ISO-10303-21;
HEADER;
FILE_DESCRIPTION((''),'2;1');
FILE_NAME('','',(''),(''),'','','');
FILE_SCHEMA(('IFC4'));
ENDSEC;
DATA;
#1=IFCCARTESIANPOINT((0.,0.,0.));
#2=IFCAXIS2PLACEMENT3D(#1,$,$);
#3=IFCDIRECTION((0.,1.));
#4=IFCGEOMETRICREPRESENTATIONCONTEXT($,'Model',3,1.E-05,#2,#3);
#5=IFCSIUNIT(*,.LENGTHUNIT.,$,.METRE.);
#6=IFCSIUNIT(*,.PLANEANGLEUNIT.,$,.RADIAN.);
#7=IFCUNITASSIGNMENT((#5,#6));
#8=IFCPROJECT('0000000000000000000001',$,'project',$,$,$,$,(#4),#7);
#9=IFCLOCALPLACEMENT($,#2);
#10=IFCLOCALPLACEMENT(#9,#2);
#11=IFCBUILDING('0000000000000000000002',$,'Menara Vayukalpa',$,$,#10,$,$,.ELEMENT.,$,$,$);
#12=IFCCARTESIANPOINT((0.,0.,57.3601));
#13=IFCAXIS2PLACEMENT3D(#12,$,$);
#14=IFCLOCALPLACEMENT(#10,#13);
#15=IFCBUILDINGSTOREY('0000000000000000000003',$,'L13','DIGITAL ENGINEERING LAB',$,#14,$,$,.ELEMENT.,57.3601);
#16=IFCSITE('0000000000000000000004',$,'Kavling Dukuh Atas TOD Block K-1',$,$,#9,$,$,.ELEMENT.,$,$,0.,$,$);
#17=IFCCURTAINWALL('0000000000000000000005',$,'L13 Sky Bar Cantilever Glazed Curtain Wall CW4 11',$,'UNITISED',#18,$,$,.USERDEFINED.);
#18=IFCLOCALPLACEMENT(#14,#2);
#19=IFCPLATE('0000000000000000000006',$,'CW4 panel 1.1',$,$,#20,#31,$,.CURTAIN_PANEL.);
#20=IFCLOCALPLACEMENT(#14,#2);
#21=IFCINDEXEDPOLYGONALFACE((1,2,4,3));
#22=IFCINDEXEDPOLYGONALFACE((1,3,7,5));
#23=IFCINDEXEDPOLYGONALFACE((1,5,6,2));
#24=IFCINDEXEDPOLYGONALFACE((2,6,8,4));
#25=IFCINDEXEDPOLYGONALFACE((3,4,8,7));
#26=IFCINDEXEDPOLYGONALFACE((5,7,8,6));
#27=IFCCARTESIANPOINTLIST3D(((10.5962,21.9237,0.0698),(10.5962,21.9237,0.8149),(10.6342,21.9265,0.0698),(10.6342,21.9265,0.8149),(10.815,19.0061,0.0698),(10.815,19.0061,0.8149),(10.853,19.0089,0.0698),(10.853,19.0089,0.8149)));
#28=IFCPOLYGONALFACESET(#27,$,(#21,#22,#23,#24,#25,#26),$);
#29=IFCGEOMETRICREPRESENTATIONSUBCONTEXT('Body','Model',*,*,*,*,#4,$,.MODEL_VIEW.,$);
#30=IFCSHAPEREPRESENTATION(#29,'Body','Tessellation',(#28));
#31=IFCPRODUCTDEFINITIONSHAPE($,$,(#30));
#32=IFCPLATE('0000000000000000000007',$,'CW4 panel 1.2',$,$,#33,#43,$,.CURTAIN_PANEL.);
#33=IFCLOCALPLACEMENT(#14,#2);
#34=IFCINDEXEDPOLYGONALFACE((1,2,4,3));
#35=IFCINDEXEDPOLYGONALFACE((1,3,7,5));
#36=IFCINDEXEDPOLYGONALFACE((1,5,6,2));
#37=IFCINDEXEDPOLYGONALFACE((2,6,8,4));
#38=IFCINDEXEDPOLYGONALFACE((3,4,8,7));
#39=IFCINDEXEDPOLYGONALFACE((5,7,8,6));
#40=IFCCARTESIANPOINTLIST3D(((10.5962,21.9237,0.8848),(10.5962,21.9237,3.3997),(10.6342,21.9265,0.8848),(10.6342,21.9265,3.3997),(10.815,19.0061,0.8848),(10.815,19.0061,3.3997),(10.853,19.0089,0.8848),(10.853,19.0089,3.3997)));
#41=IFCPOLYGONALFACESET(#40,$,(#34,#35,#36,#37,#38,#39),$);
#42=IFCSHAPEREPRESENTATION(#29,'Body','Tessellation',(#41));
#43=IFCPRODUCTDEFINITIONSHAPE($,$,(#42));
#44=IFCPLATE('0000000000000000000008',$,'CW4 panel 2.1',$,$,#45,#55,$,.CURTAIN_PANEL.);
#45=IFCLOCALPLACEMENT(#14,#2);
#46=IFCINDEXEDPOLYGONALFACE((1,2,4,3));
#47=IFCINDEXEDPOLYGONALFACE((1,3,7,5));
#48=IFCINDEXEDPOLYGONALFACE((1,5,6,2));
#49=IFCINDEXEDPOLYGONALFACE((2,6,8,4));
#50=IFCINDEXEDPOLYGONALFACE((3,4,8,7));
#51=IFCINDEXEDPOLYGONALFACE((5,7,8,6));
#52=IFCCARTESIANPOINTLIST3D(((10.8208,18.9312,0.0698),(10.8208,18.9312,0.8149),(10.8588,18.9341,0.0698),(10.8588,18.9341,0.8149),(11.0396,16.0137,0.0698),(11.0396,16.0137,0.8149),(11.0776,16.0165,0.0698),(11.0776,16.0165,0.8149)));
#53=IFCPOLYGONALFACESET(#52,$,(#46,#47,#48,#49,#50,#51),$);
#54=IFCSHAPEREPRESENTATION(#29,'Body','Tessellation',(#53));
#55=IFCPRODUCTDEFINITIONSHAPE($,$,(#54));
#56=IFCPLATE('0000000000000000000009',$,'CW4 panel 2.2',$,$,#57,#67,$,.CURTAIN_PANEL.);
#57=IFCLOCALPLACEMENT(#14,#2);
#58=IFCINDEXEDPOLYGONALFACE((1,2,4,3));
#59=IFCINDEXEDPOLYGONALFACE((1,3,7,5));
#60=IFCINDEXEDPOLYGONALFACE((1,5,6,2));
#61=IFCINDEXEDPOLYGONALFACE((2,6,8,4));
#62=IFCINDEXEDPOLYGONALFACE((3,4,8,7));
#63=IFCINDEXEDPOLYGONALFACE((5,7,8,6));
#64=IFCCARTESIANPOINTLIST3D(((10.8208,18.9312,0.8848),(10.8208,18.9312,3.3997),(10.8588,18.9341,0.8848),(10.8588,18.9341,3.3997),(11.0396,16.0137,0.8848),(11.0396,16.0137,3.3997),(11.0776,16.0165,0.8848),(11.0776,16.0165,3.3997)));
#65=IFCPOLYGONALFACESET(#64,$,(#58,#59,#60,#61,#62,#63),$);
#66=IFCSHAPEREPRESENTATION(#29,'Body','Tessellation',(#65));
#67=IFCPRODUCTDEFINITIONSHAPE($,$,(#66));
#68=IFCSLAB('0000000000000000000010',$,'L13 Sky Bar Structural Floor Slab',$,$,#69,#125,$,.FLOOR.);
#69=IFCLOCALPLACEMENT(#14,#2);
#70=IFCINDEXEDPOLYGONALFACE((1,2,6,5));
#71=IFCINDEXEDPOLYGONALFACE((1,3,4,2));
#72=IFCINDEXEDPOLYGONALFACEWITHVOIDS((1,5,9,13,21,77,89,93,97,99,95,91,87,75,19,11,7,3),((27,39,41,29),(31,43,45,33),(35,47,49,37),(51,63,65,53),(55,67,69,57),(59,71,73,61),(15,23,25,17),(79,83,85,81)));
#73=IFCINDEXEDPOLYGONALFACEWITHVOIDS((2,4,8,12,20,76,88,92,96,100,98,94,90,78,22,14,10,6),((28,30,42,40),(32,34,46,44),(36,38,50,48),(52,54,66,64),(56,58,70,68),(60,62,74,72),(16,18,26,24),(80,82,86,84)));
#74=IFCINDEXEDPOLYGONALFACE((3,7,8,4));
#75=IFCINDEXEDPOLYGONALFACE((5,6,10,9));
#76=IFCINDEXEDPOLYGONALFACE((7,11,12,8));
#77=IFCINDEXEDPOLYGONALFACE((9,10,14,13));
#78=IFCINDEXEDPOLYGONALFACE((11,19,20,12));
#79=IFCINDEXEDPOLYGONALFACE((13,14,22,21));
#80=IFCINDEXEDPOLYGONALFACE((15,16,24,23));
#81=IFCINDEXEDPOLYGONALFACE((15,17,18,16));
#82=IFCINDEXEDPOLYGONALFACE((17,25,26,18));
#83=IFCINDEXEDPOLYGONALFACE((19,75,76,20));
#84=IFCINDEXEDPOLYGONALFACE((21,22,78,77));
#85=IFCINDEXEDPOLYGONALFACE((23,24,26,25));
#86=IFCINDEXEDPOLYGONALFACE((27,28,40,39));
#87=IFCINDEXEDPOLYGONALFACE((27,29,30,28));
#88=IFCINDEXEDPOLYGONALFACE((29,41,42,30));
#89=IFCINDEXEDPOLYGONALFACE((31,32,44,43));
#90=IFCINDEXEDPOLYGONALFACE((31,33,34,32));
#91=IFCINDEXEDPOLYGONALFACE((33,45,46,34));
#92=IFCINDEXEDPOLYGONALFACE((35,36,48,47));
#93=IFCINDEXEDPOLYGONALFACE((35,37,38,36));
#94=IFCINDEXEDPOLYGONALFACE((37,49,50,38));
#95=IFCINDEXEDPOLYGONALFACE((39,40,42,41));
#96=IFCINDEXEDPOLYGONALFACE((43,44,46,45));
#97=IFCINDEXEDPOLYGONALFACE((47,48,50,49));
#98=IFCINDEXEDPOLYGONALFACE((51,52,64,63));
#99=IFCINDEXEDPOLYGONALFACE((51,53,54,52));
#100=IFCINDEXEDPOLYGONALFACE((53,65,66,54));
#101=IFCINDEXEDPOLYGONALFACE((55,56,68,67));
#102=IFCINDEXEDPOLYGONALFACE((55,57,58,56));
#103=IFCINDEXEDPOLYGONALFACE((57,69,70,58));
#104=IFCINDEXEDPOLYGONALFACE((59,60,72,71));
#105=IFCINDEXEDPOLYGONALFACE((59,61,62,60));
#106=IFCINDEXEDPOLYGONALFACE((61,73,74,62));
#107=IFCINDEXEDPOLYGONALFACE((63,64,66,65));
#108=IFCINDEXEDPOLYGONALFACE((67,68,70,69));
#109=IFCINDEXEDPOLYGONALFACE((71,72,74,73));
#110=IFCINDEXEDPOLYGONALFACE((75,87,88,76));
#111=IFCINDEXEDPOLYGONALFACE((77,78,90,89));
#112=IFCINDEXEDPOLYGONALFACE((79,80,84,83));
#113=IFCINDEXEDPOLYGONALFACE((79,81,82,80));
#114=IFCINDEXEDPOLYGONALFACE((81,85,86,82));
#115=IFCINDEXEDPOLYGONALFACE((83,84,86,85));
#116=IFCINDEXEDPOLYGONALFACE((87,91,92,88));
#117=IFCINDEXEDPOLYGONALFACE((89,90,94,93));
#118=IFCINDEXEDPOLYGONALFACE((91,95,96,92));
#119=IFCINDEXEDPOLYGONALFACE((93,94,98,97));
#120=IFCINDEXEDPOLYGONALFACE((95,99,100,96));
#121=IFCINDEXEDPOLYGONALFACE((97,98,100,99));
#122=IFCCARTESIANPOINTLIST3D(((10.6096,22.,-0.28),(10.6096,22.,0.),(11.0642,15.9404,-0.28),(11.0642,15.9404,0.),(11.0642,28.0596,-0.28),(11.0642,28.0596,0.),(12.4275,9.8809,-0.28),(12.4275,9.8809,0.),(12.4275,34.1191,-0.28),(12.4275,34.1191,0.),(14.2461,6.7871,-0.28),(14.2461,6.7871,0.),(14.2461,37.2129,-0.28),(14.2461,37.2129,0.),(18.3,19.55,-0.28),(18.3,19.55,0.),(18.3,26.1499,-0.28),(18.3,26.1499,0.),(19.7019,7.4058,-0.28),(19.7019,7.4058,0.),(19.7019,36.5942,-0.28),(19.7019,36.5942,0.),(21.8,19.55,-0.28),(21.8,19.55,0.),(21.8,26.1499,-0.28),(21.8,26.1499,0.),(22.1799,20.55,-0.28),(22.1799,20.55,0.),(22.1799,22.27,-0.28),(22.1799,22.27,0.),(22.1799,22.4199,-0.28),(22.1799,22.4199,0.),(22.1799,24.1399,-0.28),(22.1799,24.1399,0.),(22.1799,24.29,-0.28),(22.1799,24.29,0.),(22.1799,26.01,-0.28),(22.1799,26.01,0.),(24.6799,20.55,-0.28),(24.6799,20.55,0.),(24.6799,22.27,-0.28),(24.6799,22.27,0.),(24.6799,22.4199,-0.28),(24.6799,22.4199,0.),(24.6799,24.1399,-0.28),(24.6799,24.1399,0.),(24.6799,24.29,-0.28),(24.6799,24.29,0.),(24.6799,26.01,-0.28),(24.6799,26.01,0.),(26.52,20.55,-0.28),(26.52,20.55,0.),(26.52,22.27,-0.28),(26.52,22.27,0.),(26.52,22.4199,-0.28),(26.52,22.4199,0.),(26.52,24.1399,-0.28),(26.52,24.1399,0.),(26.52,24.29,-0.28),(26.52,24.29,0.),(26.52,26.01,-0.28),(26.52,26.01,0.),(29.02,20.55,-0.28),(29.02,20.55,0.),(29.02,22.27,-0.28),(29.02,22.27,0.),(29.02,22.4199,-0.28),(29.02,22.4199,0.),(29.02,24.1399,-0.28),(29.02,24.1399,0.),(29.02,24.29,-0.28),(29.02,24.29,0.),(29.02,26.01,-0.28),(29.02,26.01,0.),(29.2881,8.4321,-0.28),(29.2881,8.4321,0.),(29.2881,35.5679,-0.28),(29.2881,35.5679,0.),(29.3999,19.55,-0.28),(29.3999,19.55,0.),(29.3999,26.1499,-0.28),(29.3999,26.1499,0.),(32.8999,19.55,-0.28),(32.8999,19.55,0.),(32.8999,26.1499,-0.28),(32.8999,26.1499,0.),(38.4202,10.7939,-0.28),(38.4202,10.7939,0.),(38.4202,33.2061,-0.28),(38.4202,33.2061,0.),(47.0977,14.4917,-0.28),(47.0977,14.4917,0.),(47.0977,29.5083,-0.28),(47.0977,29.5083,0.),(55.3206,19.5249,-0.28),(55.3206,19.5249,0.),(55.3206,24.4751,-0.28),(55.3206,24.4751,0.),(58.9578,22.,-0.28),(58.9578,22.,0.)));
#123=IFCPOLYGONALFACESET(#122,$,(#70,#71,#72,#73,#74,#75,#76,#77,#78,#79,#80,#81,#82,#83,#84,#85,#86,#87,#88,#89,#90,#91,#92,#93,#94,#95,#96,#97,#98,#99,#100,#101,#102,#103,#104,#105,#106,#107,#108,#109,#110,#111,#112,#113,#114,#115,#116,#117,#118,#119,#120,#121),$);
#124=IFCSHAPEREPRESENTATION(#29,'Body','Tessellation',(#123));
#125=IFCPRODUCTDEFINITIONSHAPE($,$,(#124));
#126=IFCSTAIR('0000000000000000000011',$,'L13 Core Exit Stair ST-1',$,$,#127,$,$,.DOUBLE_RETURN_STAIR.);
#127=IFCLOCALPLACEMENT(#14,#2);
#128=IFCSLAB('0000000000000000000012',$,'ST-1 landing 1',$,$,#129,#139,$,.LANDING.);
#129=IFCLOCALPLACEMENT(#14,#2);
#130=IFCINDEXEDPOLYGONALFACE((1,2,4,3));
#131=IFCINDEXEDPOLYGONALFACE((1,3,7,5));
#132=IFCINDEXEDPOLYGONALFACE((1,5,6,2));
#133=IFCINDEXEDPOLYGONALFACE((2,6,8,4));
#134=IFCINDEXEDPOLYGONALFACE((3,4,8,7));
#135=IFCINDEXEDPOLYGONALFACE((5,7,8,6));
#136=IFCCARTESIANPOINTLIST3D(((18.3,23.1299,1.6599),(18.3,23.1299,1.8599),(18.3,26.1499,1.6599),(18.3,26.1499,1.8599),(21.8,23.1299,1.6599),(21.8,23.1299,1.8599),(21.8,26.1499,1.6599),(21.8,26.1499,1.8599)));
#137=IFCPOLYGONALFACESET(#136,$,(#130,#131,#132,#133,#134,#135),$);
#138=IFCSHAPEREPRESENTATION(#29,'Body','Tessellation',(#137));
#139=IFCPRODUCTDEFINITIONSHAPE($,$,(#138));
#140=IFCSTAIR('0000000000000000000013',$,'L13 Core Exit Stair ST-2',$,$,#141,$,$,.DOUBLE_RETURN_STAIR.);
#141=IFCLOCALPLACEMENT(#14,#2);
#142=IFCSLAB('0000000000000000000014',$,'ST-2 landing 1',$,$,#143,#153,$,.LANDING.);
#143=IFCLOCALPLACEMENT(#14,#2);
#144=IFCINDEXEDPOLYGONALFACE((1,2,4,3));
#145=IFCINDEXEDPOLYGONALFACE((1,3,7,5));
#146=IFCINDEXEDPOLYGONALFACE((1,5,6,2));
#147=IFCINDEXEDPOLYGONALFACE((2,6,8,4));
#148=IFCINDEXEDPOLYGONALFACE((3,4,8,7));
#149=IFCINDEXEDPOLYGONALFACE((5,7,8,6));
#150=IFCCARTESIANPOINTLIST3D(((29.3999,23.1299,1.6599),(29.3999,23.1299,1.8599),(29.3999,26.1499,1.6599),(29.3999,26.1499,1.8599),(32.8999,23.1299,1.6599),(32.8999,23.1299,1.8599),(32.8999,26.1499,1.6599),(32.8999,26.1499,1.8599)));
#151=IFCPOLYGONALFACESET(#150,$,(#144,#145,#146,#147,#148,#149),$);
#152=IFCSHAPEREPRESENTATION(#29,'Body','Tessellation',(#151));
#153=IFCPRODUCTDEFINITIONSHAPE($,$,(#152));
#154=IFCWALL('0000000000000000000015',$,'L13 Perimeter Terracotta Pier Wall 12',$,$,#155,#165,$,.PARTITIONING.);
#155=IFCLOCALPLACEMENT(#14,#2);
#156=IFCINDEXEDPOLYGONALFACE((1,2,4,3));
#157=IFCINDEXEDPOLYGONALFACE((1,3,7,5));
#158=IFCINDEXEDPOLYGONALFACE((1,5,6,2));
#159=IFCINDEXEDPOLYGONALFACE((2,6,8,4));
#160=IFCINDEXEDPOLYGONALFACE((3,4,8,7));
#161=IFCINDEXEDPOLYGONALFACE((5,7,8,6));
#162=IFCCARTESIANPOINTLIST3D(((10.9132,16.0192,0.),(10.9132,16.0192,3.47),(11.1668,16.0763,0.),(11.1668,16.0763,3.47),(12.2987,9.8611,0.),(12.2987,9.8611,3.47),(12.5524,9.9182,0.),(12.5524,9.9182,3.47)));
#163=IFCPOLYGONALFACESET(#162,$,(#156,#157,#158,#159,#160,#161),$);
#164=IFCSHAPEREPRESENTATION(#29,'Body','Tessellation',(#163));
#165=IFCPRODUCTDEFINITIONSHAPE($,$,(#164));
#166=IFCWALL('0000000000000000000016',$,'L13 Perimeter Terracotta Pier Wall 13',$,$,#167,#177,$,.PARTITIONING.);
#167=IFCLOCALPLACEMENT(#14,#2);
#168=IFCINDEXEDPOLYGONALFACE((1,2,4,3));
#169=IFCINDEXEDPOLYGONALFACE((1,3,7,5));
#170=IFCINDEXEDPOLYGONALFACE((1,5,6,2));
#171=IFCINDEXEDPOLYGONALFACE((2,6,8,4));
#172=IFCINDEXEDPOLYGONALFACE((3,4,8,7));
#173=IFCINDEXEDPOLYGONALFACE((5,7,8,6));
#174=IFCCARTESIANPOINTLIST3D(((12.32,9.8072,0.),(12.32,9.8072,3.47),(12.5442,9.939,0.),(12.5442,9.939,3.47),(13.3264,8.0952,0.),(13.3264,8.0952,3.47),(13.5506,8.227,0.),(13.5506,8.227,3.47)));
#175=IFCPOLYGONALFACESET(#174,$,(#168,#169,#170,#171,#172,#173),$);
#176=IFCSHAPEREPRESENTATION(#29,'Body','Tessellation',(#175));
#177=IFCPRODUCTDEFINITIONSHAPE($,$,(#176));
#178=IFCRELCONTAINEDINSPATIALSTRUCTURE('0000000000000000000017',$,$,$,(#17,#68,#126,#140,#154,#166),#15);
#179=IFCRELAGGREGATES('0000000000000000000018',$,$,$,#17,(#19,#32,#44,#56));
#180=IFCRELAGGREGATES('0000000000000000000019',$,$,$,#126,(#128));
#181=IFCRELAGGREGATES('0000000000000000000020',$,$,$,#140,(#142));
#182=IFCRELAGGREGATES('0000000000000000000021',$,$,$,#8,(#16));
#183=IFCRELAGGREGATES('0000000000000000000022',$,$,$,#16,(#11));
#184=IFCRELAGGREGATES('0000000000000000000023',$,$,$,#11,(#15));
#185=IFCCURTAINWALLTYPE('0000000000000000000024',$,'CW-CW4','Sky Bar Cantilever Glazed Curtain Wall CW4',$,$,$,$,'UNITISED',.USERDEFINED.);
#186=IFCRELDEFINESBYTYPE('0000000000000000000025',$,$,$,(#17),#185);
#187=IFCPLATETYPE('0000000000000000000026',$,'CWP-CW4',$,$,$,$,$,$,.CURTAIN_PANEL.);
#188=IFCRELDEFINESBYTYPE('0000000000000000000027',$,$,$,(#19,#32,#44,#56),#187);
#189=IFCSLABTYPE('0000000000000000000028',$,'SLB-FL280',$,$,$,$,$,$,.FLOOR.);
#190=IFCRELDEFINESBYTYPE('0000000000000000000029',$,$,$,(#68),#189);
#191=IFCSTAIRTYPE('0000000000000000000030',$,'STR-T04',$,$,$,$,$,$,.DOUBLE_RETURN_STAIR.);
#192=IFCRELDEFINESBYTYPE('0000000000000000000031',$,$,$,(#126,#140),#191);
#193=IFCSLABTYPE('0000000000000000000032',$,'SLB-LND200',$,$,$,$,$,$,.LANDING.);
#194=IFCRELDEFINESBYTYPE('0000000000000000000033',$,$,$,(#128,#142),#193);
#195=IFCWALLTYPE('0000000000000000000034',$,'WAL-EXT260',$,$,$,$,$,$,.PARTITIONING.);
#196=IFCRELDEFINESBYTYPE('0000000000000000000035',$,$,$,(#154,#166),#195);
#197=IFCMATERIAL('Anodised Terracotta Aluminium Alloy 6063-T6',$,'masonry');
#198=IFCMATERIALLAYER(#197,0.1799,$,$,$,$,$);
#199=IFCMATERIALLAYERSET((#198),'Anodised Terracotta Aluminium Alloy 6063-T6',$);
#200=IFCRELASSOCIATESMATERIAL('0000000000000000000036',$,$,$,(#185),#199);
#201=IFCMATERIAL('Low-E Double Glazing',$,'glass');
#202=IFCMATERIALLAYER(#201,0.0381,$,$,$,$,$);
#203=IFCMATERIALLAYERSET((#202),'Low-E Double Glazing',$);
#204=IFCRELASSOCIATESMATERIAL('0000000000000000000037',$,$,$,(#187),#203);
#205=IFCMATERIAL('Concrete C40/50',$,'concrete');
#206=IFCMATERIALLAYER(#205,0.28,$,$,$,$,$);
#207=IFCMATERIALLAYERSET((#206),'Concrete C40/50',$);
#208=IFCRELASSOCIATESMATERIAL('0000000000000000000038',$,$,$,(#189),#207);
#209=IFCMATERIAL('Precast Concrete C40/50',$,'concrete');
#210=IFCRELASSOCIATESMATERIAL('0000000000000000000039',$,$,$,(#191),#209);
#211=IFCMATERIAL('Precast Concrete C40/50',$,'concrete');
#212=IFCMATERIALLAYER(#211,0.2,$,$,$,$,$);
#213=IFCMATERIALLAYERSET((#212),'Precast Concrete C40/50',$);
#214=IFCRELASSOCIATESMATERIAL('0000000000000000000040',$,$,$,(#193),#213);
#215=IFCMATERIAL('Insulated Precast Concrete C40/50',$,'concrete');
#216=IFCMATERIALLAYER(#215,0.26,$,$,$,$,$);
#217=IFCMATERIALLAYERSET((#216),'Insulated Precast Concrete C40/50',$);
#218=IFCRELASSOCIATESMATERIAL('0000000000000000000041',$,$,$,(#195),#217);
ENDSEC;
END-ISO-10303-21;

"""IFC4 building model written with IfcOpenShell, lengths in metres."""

from ifc_helpers import new_model, si_unit, direction, frame, frame_2d, origin, origin_2d, place, context, subcontext, project, spatial, polyline, rectangle, outline, extrude, material, layer, layer_set, type_object, element, aggregate, save


model = new_model("IFC4")

# Units and contexts
model_context = context("Model", 3, precision=1e-05, world=origin(), true_north=direction((0.0, 1.0)))
body_context = subcontext(model_context, "Body", "Model", "MODEL_VIEW")
ifc_project = project(units=[si_unit("LENGTHUNIT", "METRE"), si_unit("PLANEANGLEUNIT", "RADIAN")], contexts=[model_context])

# Site, building, storey
site_placement = place(None, origin())
site = spatial("IfcSite", under=ifc_project, at=site_placement, Name="Kavling Dukuh Atas TOD Block K-1", CompositionType="ELEMENT", RefElevation=0.0)
building_placement = place(site_placement, origin())
building = spatial("IfcBuilding", under=site, at=building_placement, Name="Menara Vayukalpa", CompositionType="ELEMENT")
storey_placement = place(building_placement, frame((0.0, 0.0, 57.3601)))
storey = spatial("IfcBuildingStorey", under=building, at=storey_placement, Name="L13", Description="DIGITAL ENGINEERING LAB", CompositionType="ELEMENT", Elevation=57.3601)

# Curtain wall, plates
ifc_material_1 = material(Name="Anodised Terracotta Aluminium Alloy 6063-T6", Category="masonry")
ifc_layer_1 = layer(ifc_material_1, 0.1799)
ifc_layer_set_1 = layer_set([ifc_layer_1], Name="Anodised Terracotta Aluminium Alloy 6063-T6")
curtain_wall_type = type_object("IfcCurtainWallType", Name="CW-CW4", Description="Sky Bar Cantilever Glazed Curtain Wall CW4", ElementType="UNITISED", PredefinedType="USERDEFINED", material=ifc_layer_set_1)
curtain_wall_placement = place(storey_placement, origin())
curtain_wall = element("IfcCurtainWall", 1, at=curtain_wall_placement, inside=storey, type_object=curtain_wall_type, Name="L13 Sky Bar Cantilever Glazed Curtain Wall CW4 11", ObjectType="UNITISED", PredefinedType="USERDEFINED")
ifc_material_2 = material(Name="Low-E Double Glazing", Category="glass")
ifc_layer_2 = layer(ifc_material_2, 0.0381)
ifc_layer_set_2 = layer_set([ifc_layer_2], Name="Low-E Double Glazing")
plate_type = type_object("IfcPlateType", Name="CWP-CW4", PredefinedType="CURTAIN_PANEL", material=ifc_layer_set_2)
plate_1_placement = place(storey_placement, frame((10.7246, 20.4663, 0.0698), z_axis=(0.0, 0.0, 1.0), x_axis=(0.074795, -0.997199, 0.0)))
plate_1 = element("IfcPlate", 2, at=plate_1_placement, type_object=plate_type, Name="CW4 panel 1.1", PredefinedType="CURTAIN_PANEL", context=body_context, shape_type="SweptSolid", body=[
    extrude(rectangle(XDim=2.9258, YDim=0.0381, at=origin_2d()), origin(), (0.0, 0.0, 1.0), 0.7451),
])
plate_2_placement = place(storey_placement, frame((10.7246, 20.4663, 0.8848), z_axis=(0.0, 0.0, 1.0), x_axis=(0.074795, -0.997199, 0.0)))
plate_2 = element("IfcPlate", 3, at=plate_2_placement, type_object=plate_type, Name="CW4 panel 1.2", PredefinedType="CURTAIN_PANEL", context=body_context, shape_type="SweptSolid", body=[
    extrude(rectangle(XDim=2.9258, YDim=0.0381, at=origin_2d()), origin(), (0.0, 0.0, 1.0), 2.5149),
])
plate_3_placement = place(storey_placement, frame((10.9492, 17.4739, 0.0698), z_axis=(0.0, 0.0, 1.0), x_axis=(0.074795, -0.997199, 0.0)))
plate_3 = element("IfcPlate", 4, at=plate_3_placement, type_object=plate_type, Name="CW4 panel 2.1", PredefinedType="CURTAIN_PANEL", context=body_context, shape_type="SweptSolid", body=[
    extrude(rectangle(XDim=2.9258, YDim=0.0381, at=origin_2d()), origin(), (0.0, 0.0, 1.0), 0.7451),
])
plate_4_placement = place(storey_placement, frame((10.9492, 17.4739, 0.8848), z_axis=(0.0, 0.0, 1.0), x_axis=(0.074795, -0.997199, 0.0)))
plate_4 = element("IfcPlate", 5, at=plate_4_placement, type_object=plate_type, Name="CW4 panel 2.2", PredefinedType="CURTAIN_PANEL", context=body_context, shape_type="SweptSolid", body=[
    extrude(rectangle(XDim=2.9258, YDim=0.0381, at=origin_2d()), origin(), (0.0, 0.0, 1.0), 2.5149),
])
aggregate(curtain_wall, [plate_1, plate_2, plate_3, plate_4])

# Slab
ifc_material_3 = material(Name="Concrete C40/50", Category="concrete")
ifc_layer_3 = layer(ifc_material_3, 0.28)
ifc_layer_set_3 = layer_set([ifc_layer_3], Name="Concrete C40/50")
slab_type_1 = type_object("IfcSlabType", Name="SLB-FL280", PredefinedType="FLOOR", material=ifc_layer_set_3)
slab_1_placement = place(storey_placement, frame((0.0, 0.0, -0.28)))
element("IfcSlab", 6, at=slab_1_placement, inside=storey, type_object=slab_type_1, Name="L13 Sky Bar Structural Floor Slab", PredefinedType="FLOOR", context=body_context, shape_type="SweptSolid", body=[
    extrude(outline(polyline([(55.3206, 19.5249), (58.9578, 22.0), (55.3206, 24.4751), (47.0977, 29.5083), (38.4202, 33.2061), (29.2881, 35.5679), (19.7019, 36.5942), (14.2461, 37.2129), (12.4275, 34.1191), (11.0642, 28.0596), (10.6096, 22.0), (11.0642, 15.9404), (12.4275, 9.8809), (14.2461, 6.7871), (19.7019, 7.4058), (29.2881, 8.4321), (38.4202, 10.7939), (47.0977, 14.4917), (55.3206, 19.5249)]), holes=[polyline([(21.8, 19.55), (21.8, 26.1499), (18.3, 26.1499), (18.3, 19.55), (21.8, 19.55)]), polyline([(32.8999, 19.55), (32.8999, 26.1499), (29.3999, 26.1499), (29.3999, 19.55), (32.8999, 19.55)]), polyline([(22.1799, 20.55), (24.6799, 20.55), (24.6799, 22.27), (22.1799, 22.27), (22.1799, 20.55)]), polyline([(26.52, 20.55), (29.02, 20.55), (29.02, 22.27), (26.52, 22.27), (26.52, 20.55)]), polyline([(22.1799, 22.4199), (24.6799, 22.4199), (24.6799, 24.1399), (22.1799, 24.1399), (22.1799, 22.4199)]), polyline([(22.1799, 24.29), (24.6799, 24.29), (24.6799, 26.01), (22.1799, 26.01), (22.1799, 24.29)]), polyline([(26.52, 24.29), (29.02, 24.29), (29.02, 26.01), (26.52, 26.01), (26.52, 24.29)]), polyline([(26.52, 22.4199), (29.02, 22.4199), (29.02, 24.1399), (26.52, 24.1399), (26.52, 22.4199)])]), origin(), (0.0, 0.0, 1.0), 0.28),
])

# Stairs, slabs
ifc_material_4 = material(Name="Precast Concrete C40/50", Category="concrete")
stair_type = type_object("IfcStairType", Name="STR-T04", PredefinedType="DOUBLE_RETURN_STAIR", material=ifc_material_4)
stair_1_placement = place(storey_placement, origin())
stair_1 = element("IfcStair", 7, at=stair_1_placement, inside=storey, type_object=stair_type, Name="L13 Core Exit Stair ST-1", PredefinedType="DOUBLE_RETURN_STAIR")
ifc_material_5 = material(Name="Precast Concrete C40/50", Category="concrete")
ifc_layer_4 = layer(ifc_material_5, 0.2)
ifc_layer_set_4 = layer_set([ifc_layer_4], Name="Precast Concrete C40/50")
slab_type_2 = type_object("IfcSlabType", Name="SLB-LND200", PredefinedType="LANDING", material=ifc_layer_set_4)
slab_2_placement = place(storey_placement, frame((0.0, 0.0, 1.6599)))
slab_2 = element("IfcSlab", 8, at=slab_2_placement, type_object=slab_type_2, Name="ST-1 landing 1", PredefinedType="LANDING", context=body_context, shape_type="SweptSolid", body=[
    extrude(outline(polyline([(21.8, 23.1299), (21.8, 26.1499), (18.3, 26.1499), (18.3, 23.1299), (21.8, 23.1299)])), origin(), (0.0, 0.0, 1.0), 0.2),
])
aggregate(stair_1, [slab_2])
stair_2_placement = place(storey_placement, origin())
stair_2 = element("IfcStair", 9, at=stair_2_placement, inside=storey, type_object=stair_type, Name="L13 Core Exit Stair ST-2", PredefinedType="DOUBLE_RETURN_STAIR")
slab_3_placement = place(storey_placement, frame((0.0, 0.0, 1.6599)))
slab_3 = element("IfcSlab", 10, at=slab_3_placement, type_object=slab_type_2, Name="ST-2 landing 1", PredefinedType="LANDING", context=body_context, shape_type="SweptSolid", body=[
    extrude(outline(polyline([(32.8999, 23.1299), (32.8999, 26.1499), (29.3999, 26.1499), (29.3999, 23.1299), (32.8999, 23.1299)])), origin(), (0.0, 0.0, 1.0), 0.2),
])
aggregate(stair_2, [slab_3])

# Walls
ifc_material_6 = material(Name="Insulated Precast Concrete C40/50", Category="concrete")
ifc_layer_5 = layer(ifc_material_6, 0.26)
ifc_layer_set_5 = layer_set([ifc_layer_5], Name="Insulated Precast Concrete C40/50")
wall_type_1 = type_object("IfcWallType", Name="WAL-EXT260", PredefinedType="PARTITIONING", material=ifc_layer_set_5)
wall_1_placement = place(storey_placement, frame((12.4255, 9.8896, 0.0), z_axis=(0.0, 0.0, 1.0), x_axis=(-0.219506, 0.975611, 0.0)))
element("IfcWall", 11, at=wall_1_placement, inside=storey, type_object=wall_type_1, Name="L13 Perimeter Terracotta Pier Wall 12", PredefinedType="PARTITIONING", context=body_context, shape_type="SweptSolid", body=[
    extrude(rectangle(XDim=6.312, YDim=0.26, at=frame_2d((3.156, 0.0))), origin(), (0.0, 0.0, 1.0), 3.47),
])
wall_2_placement = place(storey_placement, frame((13.4385, 8.1611, 0.0), z_axis=(0.0, 0.0, 1.0), x_axis=(-0.506773, 0.86208, 0.0)))
element("IfcWall", 12, at=wall_2_placement, inside=storey, type_object=wall_type_1, Name="L13 Perimeter Terracotta Pier Wall 13", PredefinedType="PARTITIONING", context=body_context, shape_type="SweptSolid", body=[
    extrude(rectangle(XDim=1.9858, YDim=0.26, at=frame_2d((0.9929, 0.0))), origin(), (0.0, 0.0, 1.0), 3.47),
])

save(model, "model.ifc")
